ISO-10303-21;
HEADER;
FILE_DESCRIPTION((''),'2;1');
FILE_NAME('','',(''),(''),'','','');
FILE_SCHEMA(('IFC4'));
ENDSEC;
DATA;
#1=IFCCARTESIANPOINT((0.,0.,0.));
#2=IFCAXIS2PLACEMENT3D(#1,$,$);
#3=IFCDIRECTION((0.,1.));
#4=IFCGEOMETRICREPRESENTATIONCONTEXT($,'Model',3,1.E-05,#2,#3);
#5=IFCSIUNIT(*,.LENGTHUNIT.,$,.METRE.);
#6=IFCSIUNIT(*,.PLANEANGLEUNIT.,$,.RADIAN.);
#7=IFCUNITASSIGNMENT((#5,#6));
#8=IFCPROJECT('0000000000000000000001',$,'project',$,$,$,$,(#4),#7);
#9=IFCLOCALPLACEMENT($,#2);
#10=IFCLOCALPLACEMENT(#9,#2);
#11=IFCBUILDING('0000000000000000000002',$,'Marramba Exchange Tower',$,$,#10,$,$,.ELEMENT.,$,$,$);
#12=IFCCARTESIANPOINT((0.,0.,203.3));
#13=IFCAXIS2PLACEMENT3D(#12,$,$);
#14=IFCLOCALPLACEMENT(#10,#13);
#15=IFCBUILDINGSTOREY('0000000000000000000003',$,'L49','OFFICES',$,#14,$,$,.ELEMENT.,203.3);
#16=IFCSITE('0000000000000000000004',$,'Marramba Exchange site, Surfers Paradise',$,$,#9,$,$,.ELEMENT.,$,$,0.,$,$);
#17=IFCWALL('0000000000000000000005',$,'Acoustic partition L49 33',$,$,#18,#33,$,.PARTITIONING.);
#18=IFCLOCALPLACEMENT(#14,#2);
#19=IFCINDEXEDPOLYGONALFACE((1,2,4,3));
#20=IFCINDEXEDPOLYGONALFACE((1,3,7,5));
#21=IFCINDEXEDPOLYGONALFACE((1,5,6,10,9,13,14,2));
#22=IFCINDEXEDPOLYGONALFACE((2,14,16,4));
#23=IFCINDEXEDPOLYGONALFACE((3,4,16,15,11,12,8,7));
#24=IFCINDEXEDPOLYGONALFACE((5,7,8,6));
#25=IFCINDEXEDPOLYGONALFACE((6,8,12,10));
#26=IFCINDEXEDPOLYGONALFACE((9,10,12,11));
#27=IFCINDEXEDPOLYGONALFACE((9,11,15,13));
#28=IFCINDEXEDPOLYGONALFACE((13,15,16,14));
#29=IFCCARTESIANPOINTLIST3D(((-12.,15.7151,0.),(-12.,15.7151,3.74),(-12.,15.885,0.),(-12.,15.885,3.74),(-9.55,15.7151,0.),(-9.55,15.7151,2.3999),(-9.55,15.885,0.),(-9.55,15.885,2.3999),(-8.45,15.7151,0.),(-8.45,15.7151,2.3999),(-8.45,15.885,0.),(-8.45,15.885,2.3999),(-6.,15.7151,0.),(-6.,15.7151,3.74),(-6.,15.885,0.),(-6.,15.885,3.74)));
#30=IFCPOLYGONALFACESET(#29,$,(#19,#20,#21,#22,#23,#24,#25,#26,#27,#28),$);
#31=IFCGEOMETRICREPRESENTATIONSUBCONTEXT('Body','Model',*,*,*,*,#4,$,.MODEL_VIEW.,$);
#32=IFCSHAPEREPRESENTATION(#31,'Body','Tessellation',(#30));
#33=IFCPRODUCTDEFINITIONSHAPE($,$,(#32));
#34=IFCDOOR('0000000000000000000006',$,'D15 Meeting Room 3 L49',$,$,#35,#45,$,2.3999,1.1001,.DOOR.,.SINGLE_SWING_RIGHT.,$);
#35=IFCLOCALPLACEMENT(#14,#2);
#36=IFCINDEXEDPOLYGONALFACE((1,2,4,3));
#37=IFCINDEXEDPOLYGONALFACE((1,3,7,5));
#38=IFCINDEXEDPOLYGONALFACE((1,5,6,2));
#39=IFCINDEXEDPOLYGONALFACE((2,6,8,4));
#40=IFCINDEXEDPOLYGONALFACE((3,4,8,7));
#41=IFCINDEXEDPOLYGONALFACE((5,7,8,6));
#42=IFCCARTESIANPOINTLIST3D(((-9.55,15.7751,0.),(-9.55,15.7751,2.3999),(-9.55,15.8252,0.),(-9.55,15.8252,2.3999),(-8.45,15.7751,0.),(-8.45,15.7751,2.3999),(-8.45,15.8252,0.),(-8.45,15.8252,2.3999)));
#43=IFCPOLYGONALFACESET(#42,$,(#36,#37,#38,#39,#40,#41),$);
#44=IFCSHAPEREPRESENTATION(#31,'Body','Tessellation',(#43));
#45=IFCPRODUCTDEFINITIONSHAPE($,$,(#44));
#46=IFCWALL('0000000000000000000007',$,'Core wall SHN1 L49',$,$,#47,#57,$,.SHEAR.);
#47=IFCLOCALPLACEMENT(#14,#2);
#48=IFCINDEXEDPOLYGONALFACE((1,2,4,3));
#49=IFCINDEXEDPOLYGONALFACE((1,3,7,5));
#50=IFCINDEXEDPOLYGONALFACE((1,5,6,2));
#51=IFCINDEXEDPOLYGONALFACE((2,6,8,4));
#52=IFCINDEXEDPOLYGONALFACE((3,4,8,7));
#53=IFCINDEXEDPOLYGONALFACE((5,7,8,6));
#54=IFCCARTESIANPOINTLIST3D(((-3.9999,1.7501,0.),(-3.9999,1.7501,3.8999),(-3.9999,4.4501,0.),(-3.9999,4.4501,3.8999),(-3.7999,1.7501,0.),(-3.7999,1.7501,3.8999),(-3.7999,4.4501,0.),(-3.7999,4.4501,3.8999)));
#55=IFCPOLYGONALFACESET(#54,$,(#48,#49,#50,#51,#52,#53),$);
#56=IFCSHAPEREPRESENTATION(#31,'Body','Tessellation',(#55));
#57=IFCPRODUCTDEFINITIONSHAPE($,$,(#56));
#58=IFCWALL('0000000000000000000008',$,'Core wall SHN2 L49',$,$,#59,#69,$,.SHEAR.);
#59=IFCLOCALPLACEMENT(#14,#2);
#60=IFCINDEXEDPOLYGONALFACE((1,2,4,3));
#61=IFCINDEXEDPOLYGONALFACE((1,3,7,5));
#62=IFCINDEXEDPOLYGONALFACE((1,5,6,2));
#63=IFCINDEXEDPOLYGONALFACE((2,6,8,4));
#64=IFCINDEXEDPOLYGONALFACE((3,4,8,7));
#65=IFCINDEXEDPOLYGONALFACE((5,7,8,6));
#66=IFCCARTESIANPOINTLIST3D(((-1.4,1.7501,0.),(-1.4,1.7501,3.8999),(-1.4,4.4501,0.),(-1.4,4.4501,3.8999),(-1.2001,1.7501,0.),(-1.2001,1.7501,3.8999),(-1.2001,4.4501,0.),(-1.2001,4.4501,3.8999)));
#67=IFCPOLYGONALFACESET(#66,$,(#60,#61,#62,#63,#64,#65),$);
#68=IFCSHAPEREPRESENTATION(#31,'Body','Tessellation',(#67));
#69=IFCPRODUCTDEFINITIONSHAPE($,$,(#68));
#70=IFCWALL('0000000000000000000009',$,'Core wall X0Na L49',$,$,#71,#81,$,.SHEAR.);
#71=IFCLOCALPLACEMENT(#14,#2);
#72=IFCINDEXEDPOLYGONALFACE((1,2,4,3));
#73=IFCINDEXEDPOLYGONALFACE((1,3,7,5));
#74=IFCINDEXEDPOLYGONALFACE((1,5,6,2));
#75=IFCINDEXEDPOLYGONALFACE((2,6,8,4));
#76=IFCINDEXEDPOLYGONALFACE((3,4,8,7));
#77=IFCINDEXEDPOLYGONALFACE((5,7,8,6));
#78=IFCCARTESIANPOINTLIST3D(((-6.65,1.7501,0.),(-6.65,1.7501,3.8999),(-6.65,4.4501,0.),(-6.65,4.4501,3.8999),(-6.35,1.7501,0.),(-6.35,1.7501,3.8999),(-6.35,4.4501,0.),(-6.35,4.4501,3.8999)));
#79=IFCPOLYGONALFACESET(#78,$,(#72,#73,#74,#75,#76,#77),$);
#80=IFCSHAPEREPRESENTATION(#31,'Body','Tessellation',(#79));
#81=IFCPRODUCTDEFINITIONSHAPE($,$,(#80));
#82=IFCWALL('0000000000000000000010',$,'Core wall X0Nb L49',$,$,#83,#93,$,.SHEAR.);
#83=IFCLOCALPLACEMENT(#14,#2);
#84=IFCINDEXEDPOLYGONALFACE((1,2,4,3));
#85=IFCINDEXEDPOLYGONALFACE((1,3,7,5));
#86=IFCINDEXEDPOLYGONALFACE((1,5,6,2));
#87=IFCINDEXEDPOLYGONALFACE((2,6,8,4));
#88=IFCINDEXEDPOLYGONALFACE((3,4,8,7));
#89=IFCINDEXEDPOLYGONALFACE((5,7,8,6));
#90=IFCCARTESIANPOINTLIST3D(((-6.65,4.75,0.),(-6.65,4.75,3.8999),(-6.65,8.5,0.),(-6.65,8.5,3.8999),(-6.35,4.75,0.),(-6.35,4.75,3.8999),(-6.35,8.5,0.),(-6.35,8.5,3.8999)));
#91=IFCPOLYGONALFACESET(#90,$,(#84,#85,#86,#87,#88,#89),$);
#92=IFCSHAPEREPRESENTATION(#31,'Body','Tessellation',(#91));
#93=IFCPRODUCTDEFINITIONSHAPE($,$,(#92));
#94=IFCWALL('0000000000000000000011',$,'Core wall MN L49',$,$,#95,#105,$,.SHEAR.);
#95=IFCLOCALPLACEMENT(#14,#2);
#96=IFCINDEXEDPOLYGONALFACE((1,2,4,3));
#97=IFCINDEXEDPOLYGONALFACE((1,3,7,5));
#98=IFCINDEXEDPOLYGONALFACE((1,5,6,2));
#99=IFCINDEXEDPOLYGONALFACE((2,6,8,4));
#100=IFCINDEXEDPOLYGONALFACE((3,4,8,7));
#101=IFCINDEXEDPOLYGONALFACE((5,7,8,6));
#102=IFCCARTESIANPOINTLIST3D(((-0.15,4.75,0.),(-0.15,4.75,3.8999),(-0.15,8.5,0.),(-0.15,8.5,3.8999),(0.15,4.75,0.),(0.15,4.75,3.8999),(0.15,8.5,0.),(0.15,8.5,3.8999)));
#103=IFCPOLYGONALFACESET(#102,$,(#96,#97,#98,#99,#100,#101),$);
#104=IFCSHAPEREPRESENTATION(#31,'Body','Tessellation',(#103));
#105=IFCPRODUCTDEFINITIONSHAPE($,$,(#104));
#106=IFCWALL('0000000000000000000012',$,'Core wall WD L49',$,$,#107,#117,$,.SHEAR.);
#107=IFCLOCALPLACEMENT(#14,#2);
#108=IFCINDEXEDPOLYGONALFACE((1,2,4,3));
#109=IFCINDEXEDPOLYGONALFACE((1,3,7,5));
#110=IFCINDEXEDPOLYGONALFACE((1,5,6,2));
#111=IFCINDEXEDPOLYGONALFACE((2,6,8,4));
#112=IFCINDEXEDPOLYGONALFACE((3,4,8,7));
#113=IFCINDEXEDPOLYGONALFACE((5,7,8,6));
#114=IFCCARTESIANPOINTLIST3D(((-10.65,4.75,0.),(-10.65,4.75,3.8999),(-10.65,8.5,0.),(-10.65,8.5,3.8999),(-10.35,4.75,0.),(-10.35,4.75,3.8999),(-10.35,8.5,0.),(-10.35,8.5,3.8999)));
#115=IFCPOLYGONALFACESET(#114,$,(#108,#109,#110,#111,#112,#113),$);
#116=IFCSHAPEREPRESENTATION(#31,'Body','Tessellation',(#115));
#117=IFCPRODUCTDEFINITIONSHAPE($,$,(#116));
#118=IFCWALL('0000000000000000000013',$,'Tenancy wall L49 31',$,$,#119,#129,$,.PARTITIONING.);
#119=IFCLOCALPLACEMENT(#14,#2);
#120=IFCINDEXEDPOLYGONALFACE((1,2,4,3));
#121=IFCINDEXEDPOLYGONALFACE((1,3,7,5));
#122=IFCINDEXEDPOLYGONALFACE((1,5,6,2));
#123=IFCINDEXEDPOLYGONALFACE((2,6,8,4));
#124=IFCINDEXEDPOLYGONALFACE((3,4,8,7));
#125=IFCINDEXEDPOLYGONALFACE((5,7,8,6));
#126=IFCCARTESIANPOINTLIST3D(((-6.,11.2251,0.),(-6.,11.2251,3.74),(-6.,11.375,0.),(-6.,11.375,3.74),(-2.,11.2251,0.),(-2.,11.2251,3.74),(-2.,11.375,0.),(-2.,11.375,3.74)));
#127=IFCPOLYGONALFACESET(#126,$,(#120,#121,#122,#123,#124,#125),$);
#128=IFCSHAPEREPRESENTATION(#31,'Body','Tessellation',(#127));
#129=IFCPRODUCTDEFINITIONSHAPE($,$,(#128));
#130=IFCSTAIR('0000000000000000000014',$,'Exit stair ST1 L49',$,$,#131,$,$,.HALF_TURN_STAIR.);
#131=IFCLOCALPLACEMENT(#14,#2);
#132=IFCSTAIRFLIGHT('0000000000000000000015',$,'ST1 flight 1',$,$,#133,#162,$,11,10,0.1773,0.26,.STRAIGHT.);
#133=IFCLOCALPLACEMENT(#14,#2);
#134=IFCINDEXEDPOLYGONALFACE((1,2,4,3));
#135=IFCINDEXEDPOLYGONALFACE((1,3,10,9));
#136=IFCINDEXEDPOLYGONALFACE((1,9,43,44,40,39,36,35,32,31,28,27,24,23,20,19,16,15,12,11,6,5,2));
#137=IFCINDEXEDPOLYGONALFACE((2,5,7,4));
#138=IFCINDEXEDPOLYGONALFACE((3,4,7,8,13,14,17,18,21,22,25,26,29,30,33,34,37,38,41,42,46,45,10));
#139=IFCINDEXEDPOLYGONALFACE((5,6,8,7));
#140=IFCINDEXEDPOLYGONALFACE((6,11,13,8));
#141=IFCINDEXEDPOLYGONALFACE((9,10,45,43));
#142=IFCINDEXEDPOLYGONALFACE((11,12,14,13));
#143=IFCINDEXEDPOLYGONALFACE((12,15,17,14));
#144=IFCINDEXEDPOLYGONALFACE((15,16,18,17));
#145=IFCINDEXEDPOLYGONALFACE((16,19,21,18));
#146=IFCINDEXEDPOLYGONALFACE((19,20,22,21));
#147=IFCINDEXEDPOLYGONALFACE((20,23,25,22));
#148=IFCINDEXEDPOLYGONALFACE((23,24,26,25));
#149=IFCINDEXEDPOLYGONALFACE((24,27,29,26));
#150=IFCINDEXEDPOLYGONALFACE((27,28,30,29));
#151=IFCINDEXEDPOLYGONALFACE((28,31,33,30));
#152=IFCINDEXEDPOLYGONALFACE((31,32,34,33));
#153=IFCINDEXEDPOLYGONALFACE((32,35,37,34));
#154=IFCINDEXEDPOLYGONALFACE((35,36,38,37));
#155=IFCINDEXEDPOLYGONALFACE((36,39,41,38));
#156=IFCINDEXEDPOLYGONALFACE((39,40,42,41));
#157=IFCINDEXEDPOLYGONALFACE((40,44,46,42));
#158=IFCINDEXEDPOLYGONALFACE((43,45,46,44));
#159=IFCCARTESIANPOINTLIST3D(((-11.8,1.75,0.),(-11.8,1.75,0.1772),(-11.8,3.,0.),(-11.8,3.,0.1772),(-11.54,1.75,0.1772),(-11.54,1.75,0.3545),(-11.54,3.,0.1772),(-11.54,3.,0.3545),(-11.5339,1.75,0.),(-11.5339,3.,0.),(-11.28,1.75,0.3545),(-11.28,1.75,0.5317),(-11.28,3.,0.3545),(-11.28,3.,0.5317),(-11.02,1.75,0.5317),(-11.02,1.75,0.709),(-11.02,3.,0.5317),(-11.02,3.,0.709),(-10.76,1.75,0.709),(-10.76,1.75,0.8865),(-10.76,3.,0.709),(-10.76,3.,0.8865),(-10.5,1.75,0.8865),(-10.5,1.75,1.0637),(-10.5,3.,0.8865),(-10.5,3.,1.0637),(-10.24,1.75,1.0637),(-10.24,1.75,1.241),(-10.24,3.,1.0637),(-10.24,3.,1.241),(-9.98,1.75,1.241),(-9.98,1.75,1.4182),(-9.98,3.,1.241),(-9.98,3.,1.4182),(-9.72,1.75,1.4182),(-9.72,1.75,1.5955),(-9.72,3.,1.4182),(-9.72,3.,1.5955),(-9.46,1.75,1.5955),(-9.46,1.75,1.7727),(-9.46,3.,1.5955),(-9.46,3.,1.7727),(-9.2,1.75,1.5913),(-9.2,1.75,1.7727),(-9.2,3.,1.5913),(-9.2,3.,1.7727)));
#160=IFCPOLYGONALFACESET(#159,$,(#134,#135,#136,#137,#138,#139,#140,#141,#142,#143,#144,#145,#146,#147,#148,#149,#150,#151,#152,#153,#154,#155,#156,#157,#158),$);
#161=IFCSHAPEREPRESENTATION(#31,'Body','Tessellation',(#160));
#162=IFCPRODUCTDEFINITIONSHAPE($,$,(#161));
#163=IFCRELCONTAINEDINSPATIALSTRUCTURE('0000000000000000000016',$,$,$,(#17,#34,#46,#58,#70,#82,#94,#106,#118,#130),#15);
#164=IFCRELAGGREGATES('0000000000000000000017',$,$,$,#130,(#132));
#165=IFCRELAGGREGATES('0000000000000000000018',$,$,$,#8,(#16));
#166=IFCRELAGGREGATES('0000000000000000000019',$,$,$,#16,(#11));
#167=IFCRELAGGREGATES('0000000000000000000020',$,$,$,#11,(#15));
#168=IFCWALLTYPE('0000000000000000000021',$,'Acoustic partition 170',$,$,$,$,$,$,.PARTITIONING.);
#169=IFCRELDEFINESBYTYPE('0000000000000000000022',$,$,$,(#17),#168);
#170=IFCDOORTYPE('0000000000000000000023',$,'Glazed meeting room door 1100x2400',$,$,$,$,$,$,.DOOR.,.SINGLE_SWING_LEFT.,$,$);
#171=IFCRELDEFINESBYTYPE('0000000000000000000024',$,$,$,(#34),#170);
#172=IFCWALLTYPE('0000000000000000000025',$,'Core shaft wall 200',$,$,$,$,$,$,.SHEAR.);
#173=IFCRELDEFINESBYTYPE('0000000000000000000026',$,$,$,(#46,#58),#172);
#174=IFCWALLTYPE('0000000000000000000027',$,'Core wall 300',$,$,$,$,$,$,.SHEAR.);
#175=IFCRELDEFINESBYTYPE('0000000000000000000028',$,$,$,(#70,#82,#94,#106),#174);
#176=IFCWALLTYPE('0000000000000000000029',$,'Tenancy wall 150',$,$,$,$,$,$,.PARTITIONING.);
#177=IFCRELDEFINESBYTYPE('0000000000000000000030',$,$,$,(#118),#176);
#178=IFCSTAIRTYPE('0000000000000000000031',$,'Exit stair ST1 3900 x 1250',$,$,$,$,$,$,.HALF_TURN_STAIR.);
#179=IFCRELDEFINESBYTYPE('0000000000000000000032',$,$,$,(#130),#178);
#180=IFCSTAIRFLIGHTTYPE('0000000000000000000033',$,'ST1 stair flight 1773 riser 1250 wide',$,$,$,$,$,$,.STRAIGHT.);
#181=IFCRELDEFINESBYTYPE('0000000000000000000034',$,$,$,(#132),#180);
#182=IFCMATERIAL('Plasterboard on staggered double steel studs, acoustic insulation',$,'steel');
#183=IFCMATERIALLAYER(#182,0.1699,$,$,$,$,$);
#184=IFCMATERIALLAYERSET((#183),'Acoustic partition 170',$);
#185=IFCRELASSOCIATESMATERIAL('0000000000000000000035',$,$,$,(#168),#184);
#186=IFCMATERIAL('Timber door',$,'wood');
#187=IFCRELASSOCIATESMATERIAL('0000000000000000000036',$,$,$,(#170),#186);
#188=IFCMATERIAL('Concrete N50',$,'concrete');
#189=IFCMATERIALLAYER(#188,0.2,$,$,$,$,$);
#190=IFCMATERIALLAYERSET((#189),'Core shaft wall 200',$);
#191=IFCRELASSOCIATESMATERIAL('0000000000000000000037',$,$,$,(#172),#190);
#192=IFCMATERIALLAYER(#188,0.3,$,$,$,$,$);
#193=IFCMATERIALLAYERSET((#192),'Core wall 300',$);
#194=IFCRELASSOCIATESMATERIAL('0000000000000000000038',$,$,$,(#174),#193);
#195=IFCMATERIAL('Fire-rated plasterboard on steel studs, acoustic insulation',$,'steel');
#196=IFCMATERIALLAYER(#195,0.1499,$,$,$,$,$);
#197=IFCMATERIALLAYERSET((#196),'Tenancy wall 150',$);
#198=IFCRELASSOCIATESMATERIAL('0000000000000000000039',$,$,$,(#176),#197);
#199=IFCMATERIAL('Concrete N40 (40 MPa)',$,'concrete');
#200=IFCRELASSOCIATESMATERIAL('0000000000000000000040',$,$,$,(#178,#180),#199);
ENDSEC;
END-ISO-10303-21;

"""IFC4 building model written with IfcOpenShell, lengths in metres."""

from ifc_helpers import new_model, si_unit, direction, frame, frame_2d, origin, place, context, subcontext, project, spatial, polyline, rectangle, outline, extrude, material, layer, layer_set, type_object, element, fill, aggregate, save


model = new_model("IFC4")

# Units and contexts
model_context = context("Model", 3, precision=1e-05, world=origin(), true_north=direction((0.0, 1.0)))
body_context = subcontext(model_context, "Body", "Model", "MODEL_VIEW")
ifc_project = project(units=[si_unit("LENGTHUNIT", "METRE"), si_unit("PLANEANGLEUNIT", "RADIAN")], contexts=[model_context])

# Site, building, storey
site_placement = place(None, origin())
site = spatial("IfcSite", under=ifc_project, at=site_placement, Name="Marramba Exchange site, Surfers Paradise", CompositionType="ELEMENT", RefElevation=0.0)
building_placement = place(site_placement, origin())
building = spatial("IfcBuilding", under=site, at=building_placement, Name="Marramba Exchange Tower", CompositionType="ELEMENT")
storey_placement = place(building_placement, frame((0.0, 0.0, 203.3)))
storey = spatial("IfcBuildingStorey", under=building, at=storey_placement, Name="L49", Description="OFFICES", CompositionType="ELEMENT", Elevation=203.3)

# Shared definitions
ifc_material_1 = material(Name="Concrete N50", Category="concrete")

# Shared definitions
ifc_material_2 = material(Name="Plasterboard on staggered double steel studs, acoustic insulation", Category="steel")
ifc_layer_1 = layer(ifc_material_2, 0.1699)
ifc_layer_set_1 = layer_set([ifc_layer_1], Name="Acoustic partition 170")
wall_type_1 = type_object("IfcWallType", Name="Acoustic partition 170", PredefinedType="PARTITIONING", material=ifc_layer_set_1)

# Wall, opening, door
wall_1_placement = place(storey_placement, frame((-6.0, 15.8, 0.0), z_axis=(0.0, 0.0, 1.0), x_axis=(-1.0, 0.0, 0.0)))
wall_1 = element("IfcWall", 1, at=wall_1_placement, inside=storey, type_object=wall_type_1, Name="Acoustic partition L49 33", PredefinedType="PARTITIONING", context=body_context, shape_type="SweptSolid", body=[
    extrude(rectangle(XDim=6.0, YDim=0.1699, at=frame_2d((3.0, 0.0))), origin(), (0.0, 0.0, 1.0), 3.74),
])
opening_1_placement = place(wall_1_placement, frame((2.45, 0.0, 0.0)))
opening_1 = element("IfcOpeningElement", 2, at=opening_1_placement, cuts=wall_1, PredefinedType="OPENING", context=body_context, shape_type="SweptSolid", body=[
    extrude(rectangle(XDim=1.1001, YDim=2.3999, at=frame_2d((0.55, 1.2))), frame((0.0, 0.095, 0.0), z_axis=(0.0, -1.0, 0.0), x_axis=(1.0, 0.0, 0.0)), (0.0, 0.0, 1.0), 0.1899),
])
ifc_material_3 = material(Name="Timber door", Category="wood")
door_type_1 = type_object("IfcDoorType", Name="Glazed meeting room door 1100x2400", OperationType="SINGLE_SWING_LEFT", PredefinedType="DOOR", material=ifc_material_3)
door_1_placement = place(opening_1_placement, origin())
door_1 = element("IfcDoor", 3, at=door_1_placement, inside=storey, type_object=door_type_1, Name="D15 Meeting Room 3 L49", OperationType="SINGLE_SWING_RIGHT", OverallHeight=2.3999, OverallWidth=1.1001, PredefinedType="DOOR", context=body_context, shape_type="SweptSolid", body=[
    extrude(rectangle(XDim=1.1001, YDim=2.3999, at=frame_2d((0.55, 1.2))), frame((0.0, 0.0249, 0.0), z_axis=(0.0, -1.0, 0.0), x_axis=(1.0, 0.0, 0.0)), (0.0, 0.0, 1.0), 0.05),
])
fill(opening_1, door_1)

# Walls
ifc_layer_2 = layer(ifc_material_1, 0.2)
ifc_layer_set_2 = layer_set([ifc_layer_2], Name="Core shaft wall 200")
wall_type_2 = type_object("IfcWallType", Name="Core shaft wall 200", PredefinedType="SHEAR", material=ifc_layer_set_2)
for number, where, z_axis, x_axis, name in (
    (4, (-3.8999, 1.75, 0.0), (0.0, 0.0, 1.0), (0.0, 1.0, 0.0), "Core wall SHN1 L49"),
    (5, (-1.3, 1.75, 0.0), (0.0, 0.0, 1.0), (0.0, 1.0, 0.0), "Core wall SHN2 L49"),
):
    element("IfcWall", number, at=place(storey_placement, frame(where, z_axis=z_axis, x_axis=x_axis)), inside=storey, type_object=wall_type_2, Name=name, PredefinedType="SHEAR", context=body_context, shape_type="SweptSolid", body=[
        extrude(rectangle(XDim=2.7, YDim=0.2, at=frame_2d((1.3501, 0.0))), origin(), (0.0, 0.0, 1.0), 3.8999),
    ])
ifc_layer_3 = layer(ifc_material_1, 0.3)
ifc_layer_set_3 = layer_set([ifc_layer_3], Name="Core wall 300")
wall_type_3 = type_object("IfcWallType", Name="Core wall 300", PredefinedType="SHEAR", material=ifc_layer_set_3)
wall_2_placement = place(storey_placement, frame((-6.5, 1.75, 0.0), z_axis=(0.0, 0.0, 1.0), x_axis=(0.0, 1.0, 0.0)))
element("IfcWall", 6, at=wall_2_placement, inside=storey, type_object=wall_type_3, Name="Core wall X0Na L49", PredefinedType="SHEAR", context=body_context, shape_type="SweptSolid", body=[
    extrude(rectangle(XDim=2.7, YDim=0.3, at=frame_2d((1.3501, 0.0))), origin(), (0.0, 0.0, 1.0), 3.8999),
])
for number, where, z_axis, x_axis, name in (
    (7, (-6.5, 4.75, 0.0), (0.0, 0.0, 1.0), (0.0, 1.0, 0.0), "Core wall X0Nb L49"),
    (8, (0.0, 4.75, 0.0), (0.0, 0.0, 1.0), (0.0, 1.0, 0.0), "Core wall MN L49"),
    (9, (-10.5, 4.75, 0.0), (0.0, 0.0, 1.0), (0.0, 1.0, 0.0), "Core wall WD L49"),
):
    element("IfcWall", number, at=place(storey_placement, frame(where, z_axis=z_axis, x_axis=x_axis)), inside=storey, type_object=wall_type_3, Name=name, PredefinedType="SHEAR", context=body_context, shape_type="SweptSolid", body=[
        extrude(rectangle(XDim=3.75, YDim=0.3, at=frame_2d((1.875, 0.0))), origin(), (0.0, 0.0, 1.0), 3.8999),
    ])

# Wall
ifc_material_4 = material(Name="Fire-rated plasterboard on steel studs, acoustic insulation", Category="steel")
ifc_layer_4 = layer(ifc_material_4, 0.1499)
ifc_layer_set_4 = layer_set([ifc_layer_4], Name="Tenancy wall 150")
wall_type_4 = type_object("IfcWallType", Name="Tenancy wall 150", PredefinedType="PARTITIONING", material=ifc_layer_set_4)
wall_3_placement = place(storey_placement, frame((-2.0, 11.3, 0.0), z_axis=(0.0, 0.0, 1.0), x_axis=(-1.0, 0.0, 0.0)))
element("IfcWall", 10, at=wall_3_placement, inside=storey, type_object=wall_type_4, Name="Tenancy wall L49 31", PredefinedType="PARTITIONING", context=body_context, shape_type="SweptSolid", body=[
    extrude(rectangle(XDim=4.0, YDim=0.1499, at=frame_2d((2.0, 0.0))), origin(), (0.0, 0.0, 1.0), 3.74),
])

# Stair, stair flight
ifc_material_5 = material(Name="Concrete N40 (40 MPa)", Category="concrete")
stair_type = type_object("IfcStairType", Name="Exit stair ST1 3900 x 1250", PredefinedType="HALF_TURN_STAIR", material=ifc_material_5)
stair_placement = place(storey_placement, origin())
stair = element("IfcStair", 11, at=stair_placement, inside=storey, type_object=stair_type, Name="Exit stair ST1 L49", PredefinedType="HALF_TURN_STAIR")
stair_flight_type = type_object("IfcStairFlightType", Name="ST1 stair flight 1773 riser 1250 wide", PredefinedType="STRAIGHT", material=ifc_material_5)
stair_flight_1_placement = place(storey_placement, frame((-11.8, 2.375, 0.0), z_axis=(0.0, 0.0, 1.0), x_axis=(1.0, 0.0, 0.0)))
stair_flight_1 = element("IfcStairFlight", 12, at=stair_flight_1_placement, type_object=stair_flight_type, Name="ST1 flight 1", NumberOfRisers=11, NumberOfTreads=10, PredefinedType="STRAIGHT", RiserHeight=0.1773, TreadLength=0.26, context=body_context, shape_type="SweptSolid", body=[
    extrude(outline(polyline([(0.0, 0.0), (0.0, 0.1772), (0.26, 0.1772), (0.26, 0.3545), (0.52, 0.3545), (0.52, 0.5317), (0.78, 0.5317), (0.78, 0.709), (1.04, 0.709), (1.04, 0.8865), (1.3, 0.8865), (1.3, 1.0637), (1.5601, 1.0637), (1.5601, 1.241), (1.8201, 1.241), (1.8201, 1.4182), (2.0801, 1.4182), (2.0801, 1.5955), (2.3401, 1.5955), (2.3401, 1.7727), (2.6001, 1.7727), (2.6001, 1.95), (2.6001, 1.5913), (0.2661, 0.0), (0.0, 0.0)])), frame((0.0, 0.625, 0.0), z_axis=(0.0, -1.0, 0.0), x_axis=(1.0, 0.0, 0.0)), (0.0, 0.0, 1.0), 1.25),
])
aggregate(stair, [stair_flight_1])

save(model, "model.ifc")
